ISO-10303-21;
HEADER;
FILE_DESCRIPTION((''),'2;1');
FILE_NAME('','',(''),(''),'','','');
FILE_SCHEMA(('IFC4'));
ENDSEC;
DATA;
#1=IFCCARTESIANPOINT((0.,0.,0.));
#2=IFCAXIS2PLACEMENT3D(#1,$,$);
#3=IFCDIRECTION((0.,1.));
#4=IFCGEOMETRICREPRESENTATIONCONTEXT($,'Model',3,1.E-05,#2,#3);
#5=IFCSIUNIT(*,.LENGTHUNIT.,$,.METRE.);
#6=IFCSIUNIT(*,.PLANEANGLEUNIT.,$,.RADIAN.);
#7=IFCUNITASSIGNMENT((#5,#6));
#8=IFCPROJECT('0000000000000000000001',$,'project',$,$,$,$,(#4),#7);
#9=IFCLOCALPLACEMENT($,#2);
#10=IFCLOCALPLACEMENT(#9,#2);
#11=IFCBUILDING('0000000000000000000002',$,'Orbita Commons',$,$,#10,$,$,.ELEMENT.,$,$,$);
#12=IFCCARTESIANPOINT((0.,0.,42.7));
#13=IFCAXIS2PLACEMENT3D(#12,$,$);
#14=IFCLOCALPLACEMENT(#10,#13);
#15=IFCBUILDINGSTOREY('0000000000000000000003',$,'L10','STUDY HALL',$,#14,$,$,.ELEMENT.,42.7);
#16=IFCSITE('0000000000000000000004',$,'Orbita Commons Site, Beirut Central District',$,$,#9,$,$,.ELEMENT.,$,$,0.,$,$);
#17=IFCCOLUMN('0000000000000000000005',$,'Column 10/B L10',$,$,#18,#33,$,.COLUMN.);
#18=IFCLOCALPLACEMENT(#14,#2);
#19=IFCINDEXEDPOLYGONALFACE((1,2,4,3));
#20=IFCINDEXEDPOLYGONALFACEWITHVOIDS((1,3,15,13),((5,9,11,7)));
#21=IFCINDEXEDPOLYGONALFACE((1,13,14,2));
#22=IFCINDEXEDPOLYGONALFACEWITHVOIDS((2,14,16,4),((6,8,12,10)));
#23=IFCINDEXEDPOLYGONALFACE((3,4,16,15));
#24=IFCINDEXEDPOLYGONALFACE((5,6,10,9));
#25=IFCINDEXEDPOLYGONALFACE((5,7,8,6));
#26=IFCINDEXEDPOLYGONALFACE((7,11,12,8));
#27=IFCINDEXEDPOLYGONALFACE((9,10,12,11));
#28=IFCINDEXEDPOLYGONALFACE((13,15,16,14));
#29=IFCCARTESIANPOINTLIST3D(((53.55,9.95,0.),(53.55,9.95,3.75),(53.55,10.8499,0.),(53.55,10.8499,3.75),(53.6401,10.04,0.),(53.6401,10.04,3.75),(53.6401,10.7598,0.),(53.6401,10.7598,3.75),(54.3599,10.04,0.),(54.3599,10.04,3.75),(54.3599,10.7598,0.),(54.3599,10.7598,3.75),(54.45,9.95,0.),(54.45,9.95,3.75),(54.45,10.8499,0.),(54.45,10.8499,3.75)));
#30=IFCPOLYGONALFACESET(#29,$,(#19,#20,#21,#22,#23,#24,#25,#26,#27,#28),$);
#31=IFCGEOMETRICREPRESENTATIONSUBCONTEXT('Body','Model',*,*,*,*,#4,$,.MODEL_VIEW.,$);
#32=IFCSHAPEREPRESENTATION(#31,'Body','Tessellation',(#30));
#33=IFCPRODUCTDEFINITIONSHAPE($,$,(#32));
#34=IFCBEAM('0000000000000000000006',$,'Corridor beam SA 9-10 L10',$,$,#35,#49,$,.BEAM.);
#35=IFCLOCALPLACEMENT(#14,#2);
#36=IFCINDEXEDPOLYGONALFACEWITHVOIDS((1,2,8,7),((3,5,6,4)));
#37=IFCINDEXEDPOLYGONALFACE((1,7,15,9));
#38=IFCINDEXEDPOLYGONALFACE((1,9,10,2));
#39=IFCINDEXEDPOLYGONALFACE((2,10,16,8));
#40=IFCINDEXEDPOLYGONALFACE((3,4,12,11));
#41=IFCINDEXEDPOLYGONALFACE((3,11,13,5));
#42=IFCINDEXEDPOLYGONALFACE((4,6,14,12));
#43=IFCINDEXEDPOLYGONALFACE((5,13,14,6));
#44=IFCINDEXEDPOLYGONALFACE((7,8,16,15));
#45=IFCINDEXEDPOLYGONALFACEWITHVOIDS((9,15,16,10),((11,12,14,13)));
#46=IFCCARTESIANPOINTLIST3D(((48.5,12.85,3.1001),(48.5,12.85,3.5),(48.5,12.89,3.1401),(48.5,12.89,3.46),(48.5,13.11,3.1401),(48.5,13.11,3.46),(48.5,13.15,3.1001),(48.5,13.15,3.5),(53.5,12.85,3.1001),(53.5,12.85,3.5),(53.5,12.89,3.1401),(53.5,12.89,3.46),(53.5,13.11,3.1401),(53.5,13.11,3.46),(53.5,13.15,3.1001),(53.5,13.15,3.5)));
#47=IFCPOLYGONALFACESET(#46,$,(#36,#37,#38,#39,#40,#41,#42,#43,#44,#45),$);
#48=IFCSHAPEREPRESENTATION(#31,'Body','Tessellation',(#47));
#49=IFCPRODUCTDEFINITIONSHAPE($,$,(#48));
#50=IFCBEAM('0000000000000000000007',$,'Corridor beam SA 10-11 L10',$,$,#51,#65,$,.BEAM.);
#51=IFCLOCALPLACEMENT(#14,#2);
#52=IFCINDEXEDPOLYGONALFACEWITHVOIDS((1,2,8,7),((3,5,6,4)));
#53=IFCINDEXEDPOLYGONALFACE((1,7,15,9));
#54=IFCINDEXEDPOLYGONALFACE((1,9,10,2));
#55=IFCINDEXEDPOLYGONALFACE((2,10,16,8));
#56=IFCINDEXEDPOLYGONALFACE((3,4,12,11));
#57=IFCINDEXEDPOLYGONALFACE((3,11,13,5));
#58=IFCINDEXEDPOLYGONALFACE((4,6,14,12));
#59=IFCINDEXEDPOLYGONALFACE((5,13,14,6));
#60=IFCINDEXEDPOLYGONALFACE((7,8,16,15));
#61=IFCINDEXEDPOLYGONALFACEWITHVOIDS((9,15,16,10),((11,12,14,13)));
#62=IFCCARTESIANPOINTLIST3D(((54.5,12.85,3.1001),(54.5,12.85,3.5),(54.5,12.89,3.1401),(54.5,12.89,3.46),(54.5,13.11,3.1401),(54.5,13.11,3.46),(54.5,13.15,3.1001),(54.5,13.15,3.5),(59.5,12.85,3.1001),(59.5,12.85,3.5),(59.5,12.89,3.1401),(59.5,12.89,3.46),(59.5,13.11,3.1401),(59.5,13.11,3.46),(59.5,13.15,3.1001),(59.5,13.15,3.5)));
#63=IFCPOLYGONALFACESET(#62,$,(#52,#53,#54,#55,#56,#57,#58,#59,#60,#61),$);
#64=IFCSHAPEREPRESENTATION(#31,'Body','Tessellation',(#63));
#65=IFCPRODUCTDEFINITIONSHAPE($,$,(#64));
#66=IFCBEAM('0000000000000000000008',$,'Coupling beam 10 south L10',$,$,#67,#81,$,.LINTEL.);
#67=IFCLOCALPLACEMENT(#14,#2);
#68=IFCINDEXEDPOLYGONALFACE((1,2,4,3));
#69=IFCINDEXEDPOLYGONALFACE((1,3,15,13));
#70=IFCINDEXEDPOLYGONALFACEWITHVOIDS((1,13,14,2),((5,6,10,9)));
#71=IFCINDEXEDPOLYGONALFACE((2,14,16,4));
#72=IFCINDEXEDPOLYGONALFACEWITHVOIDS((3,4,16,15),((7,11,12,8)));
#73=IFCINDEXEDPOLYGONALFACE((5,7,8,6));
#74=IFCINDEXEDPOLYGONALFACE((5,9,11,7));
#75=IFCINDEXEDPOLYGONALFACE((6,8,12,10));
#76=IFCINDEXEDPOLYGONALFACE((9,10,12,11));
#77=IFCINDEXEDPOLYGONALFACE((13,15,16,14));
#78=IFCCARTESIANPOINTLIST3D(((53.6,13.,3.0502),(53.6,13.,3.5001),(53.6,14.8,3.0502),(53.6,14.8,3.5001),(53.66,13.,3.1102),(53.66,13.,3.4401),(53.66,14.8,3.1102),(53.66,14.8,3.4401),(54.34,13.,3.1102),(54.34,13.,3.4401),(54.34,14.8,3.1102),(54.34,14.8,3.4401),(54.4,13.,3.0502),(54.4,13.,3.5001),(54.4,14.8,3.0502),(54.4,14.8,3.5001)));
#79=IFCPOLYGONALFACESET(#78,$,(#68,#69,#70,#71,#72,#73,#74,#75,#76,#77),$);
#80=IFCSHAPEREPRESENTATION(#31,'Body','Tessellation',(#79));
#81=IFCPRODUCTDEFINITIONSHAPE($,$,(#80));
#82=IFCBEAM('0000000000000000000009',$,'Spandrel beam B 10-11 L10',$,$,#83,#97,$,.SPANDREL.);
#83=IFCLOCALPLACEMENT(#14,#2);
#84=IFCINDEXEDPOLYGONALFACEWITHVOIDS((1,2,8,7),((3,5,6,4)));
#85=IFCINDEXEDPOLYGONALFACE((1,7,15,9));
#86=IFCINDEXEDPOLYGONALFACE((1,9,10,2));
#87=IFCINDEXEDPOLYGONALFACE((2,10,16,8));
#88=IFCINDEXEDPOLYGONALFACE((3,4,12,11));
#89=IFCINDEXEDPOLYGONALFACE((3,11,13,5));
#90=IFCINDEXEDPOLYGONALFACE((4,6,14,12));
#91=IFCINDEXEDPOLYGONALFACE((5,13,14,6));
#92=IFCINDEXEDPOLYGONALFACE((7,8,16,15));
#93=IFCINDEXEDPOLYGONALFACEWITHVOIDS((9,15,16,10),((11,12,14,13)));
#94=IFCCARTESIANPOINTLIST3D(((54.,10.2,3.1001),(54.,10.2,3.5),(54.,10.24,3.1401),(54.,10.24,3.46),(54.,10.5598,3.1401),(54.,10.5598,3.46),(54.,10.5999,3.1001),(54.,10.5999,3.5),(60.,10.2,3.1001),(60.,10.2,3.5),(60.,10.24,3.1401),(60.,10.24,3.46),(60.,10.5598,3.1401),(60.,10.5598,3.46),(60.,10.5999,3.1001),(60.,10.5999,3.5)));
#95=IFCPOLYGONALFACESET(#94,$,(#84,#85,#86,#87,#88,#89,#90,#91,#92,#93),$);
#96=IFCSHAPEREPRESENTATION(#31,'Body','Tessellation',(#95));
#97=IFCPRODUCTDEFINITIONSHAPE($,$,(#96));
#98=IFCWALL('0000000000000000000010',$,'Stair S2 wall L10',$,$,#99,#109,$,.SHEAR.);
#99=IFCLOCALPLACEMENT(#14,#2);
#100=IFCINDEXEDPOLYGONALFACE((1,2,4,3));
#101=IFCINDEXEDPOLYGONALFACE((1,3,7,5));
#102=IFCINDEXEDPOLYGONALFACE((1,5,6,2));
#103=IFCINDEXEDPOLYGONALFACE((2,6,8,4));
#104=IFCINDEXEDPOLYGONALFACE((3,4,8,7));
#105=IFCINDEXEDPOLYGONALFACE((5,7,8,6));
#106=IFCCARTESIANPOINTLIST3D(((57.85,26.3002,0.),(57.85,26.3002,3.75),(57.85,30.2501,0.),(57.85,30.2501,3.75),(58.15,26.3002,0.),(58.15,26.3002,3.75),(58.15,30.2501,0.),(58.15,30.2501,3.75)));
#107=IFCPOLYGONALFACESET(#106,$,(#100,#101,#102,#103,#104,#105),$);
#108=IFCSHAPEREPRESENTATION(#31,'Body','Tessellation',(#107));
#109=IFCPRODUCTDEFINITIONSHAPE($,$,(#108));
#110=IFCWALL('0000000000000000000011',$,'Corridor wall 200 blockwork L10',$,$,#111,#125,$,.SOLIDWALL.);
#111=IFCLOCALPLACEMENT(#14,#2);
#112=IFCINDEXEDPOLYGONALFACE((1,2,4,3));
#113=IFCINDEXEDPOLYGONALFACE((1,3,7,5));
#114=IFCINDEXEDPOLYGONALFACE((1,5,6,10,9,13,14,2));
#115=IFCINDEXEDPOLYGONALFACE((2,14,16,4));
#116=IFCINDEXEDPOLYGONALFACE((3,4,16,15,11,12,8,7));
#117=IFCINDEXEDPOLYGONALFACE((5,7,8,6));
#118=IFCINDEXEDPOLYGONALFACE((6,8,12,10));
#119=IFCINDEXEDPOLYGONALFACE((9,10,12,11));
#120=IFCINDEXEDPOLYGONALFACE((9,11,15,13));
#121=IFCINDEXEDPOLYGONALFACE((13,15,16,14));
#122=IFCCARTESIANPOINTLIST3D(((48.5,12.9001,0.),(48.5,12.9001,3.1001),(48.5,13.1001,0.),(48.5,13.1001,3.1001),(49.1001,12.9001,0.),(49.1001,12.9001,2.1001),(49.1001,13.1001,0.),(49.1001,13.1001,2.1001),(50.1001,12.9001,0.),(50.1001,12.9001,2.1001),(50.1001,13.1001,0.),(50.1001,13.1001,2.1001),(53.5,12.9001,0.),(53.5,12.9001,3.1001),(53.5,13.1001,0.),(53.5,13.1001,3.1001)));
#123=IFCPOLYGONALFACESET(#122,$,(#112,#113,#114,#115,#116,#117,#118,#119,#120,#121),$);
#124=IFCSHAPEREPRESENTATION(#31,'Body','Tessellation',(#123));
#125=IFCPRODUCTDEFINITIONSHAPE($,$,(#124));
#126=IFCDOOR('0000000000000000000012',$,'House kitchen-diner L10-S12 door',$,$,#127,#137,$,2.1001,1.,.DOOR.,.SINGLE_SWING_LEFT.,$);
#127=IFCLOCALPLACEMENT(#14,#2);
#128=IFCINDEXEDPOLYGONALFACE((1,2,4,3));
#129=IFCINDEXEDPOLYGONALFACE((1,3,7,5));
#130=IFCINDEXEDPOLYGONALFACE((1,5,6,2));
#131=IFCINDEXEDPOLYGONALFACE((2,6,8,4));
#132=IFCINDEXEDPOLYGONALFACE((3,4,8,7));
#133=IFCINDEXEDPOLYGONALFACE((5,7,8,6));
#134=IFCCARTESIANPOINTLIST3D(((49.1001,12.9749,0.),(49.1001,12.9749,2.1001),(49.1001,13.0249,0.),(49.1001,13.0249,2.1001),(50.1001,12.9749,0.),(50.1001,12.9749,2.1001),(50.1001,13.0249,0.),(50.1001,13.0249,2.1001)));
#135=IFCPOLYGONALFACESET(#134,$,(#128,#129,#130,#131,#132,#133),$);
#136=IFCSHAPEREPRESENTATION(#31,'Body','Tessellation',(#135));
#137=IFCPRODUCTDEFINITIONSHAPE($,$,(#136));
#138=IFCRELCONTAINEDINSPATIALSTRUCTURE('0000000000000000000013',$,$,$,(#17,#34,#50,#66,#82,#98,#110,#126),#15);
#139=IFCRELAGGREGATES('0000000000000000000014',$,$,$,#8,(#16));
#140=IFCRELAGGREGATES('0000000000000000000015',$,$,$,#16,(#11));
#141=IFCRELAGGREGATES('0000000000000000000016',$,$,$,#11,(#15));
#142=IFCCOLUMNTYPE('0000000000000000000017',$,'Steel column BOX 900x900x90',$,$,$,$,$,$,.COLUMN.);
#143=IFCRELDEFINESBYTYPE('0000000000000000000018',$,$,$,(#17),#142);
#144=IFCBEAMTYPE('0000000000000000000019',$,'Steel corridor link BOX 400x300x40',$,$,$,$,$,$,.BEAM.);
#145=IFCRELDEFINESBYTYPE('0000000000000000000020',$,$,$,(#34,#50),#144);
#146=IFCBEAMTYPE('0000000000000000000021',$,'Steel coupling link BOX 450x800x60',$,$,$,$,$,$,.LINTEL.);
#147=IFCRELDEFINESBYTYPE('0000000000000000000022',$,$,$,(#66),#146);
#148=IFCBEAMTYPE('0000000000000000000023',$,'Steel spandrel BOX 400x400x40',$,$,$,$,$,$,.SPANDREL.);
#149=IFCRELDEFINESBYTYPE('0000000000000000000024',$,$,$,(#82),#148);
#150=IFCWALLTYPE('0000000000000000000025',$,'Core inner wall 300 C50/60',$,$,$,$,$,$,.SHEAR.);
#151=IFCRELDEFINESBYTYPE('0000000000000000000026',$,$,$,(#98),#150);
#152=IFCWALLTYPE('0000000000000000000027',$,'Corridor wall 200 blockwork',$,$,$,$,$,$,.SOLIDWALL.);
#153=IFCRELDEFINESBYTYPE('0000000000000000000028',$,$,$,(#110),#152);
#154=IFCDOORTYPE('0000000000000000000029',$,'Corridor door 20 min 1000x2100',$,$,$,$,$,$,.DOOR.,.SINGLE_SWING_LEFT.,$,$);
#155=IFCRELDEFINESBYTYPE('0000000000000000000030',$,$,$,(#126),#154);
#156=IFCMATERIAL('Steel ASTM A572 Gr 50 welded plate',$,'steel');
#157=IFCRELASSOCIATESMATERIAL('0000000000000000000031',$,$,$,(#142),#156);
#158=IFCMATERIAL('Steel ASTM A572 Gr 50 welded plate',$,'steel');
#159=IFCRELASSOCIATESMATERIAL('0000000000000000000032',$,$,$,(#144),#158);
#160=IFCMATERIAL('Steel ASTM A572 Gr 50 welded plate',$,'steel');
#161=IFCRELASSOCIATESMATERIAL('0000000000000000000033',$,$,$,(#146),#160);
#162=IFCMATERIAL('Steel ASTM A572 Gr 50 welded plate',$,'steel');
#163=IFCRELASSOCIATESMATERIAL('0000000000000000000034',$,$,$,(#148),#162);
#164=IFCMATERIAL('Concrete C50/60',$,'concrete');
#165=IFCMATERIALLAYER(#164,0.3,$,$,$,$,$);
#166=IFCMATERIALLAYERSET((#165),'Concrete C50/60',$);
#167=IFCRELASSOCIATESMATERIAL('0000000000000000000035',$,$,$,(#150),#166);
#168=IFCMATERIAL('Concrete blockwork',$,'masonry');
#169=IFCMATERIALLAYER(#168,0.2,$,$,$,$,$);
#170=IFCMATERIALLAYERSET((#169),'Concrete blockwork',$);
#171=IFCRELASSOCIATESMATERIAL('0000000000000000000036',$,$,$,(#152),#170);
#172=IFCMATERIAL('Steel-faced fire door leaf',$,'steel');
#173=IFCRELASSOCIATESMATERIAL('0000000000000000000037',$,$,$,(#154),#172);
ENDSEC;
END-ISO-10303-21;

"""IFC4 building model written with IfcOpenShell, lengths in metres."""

from ifc_helpers import new_model, si_unit, direction, frame, frame_2d, origin, origin_2d, place, context, subcontext, project, spatial, polyline, rectangle, hollow_rectangle, outline, extrude, material, layer, layer_set, material_profile, profile_set, type_object, element, fill, save


model = new_model("IFC4")

# Units and contexts
model_context = context("Model", 3, precision=1e-05, world=origin(), true_north=direction((0.0, 1.0)))
body_context = subcontext(model_context, "Body", "Model", "MODEL_VIEW")
ifc_project = project(units=[si_unit("LENGTHUNIT", "METRE"), si_unit("PLANEANGLEUNIT", "RADIAN")], contexts=[model_context])

# Site, building, storey
site_placement = place(None, origin())
site = spatial("IfcSite", under=ifc_project, at=site_placement, Name="Orbita Commons Site, Beirut Central District", CompositionType="ELEMENT", RefElevation=0.0)
building_placement = place(site_placement, origin())
building = spatial("IfcBuilding", under=site, at=building_placement, Name="Orbita Commons", CompositionType="ELEMENT")
storey_placement = place(building_placement, frame((0.0, 0.0, 42.7)))
storey = spatial("IfcBuildingStorey", under=building, at=storey_placement, Name="L10", Description="STUDY HALL", CompositionType="ELEMENT", Elevation=42.7)

# Column
ifc_material_1 = material(Name="Steel ASTM A572 Gr 50 welded plate", Category="steel")
ifc_material_profile_1 = material_profile(ifc_material_1, hollow_rectangle(XDim=0.8999, YDim=0.8999, WallThickness=0.0901, at=origin_2d()), Name="BOX 900x900x90")
ifc_profile_set_1 = profile_set([ifc_material_profile_1], Name="Steel ASTM A572 Gr 50 welded plate")
column_type = type_object("IfcColumnType", Name="Steel column BOX 900x900x90", PredefinedType="COLUMN", material=ifc_profile_set_1)
column_placement = place(storey_placement, frame((54.0, 10.3999, 0.0), z_axis=(0.0, 0.0, 1.0), x_axis=(1.0, 0.0, 0.0)))
element("IfcColumn", 1, at=column_placement, inside=storey, type_object=column_type, Name="Column 10/B L10", PredefinedType="COLUMN", context=body_context, shape_type="SweptSolid", body=[
    extrude(hollow_rectangle(XDim=0.8999, YDim=0.8999, WallThickness=0.0901, at=origin_2d()), origin(), (0.0, 0.0, 1.0), 3.75),
])

# Beams
ifc_material_2 = material(Name="Steel ASTM A572 Gr 50 welded plate", Category="steel")
ifc_material_profile_2 = material_profile(ifc_material_2, hollow_rectangle(XDim=0.3, YDim=0.3999, WallThickness=0.04, at=origin_2d()), Name="BOX 400x300x40")
ifc_profile_set_2 = profile_set([ifc_material_profile_2], Name="Steel ASTM A572 Gr 50 welded plate")
beam_type_1 = type_object("IfcBeamType", Name="Steel corridor link BOX 400x300x40", PredefinedType="BEAM", material=ifc_profile_set_2)
for number, where, z_axis, x_axis, name in (
    (2, (48.5, 13.0, 3.3), (1.0, 0.0, 0.0), (0.0, 1.0, 0.0), "Corridor beam SA 9-10 L10"),
    (3, (54.5, 13.0, 3.3), (1.0, 0.0, 0.0), (0.0, 1.0, 0.0), "Corridor beam SA 10-11 L10"),
):
    element("IfcBeam", number, at=place(storey_placement, frame(where, z_axis=z_axis, x_axis=x_axis)), inside=storey, type_object=beam_type_1, Name=name, PredefinedType="BEAM", context=body_context, shape_type="SweptSolid", body=[
        extrude(hollow_rectangle(XDim=0.3, YDim=0.3999, WallThickness=0.04, at=origin_2d()), origin(), (0.0, 0.0, 1.0), 5.0),
    ])
ifc_material_3 = material(Name="Steel ASTM A572 Gr 50 welded plate", Category="steel")
ifc_material_profile_3 = material_profile(ifc_material_3, hollow_rectangle(XDim=0.8, YDim=0.45, WallThickness=0.0601, at=origin_2d()), Name="BOX 450x800x60")
ifc_profile_set_3 = profile_set([ifc_material_profile_3], Name="Steel ASTM A572 Gr 50 welded plate")
beam_type_2 = type_object("IfcBeamType", Name="Steel coupling link BOX 450x800x60", PredefinedType="LINTEL", material=ifc_profile_set_3)
beam_1_placement = place(storey_placement, frame((54.0, 13.0, 3.2751), z_axis=(0.0, 1.0, 0.0), x_axis=(-1.0, 0.0, 0.0)))
element("IfcBeam", 4, at=beam_1_placement, inside=storey, type_object=beam_type_2, Name="Coupling beam 10 south L10", PredefinedType="LINTEL", context=body_context, shape_type="SweptSolid", body=[
    extrude(hollow_rectangle(XDim=0.8, YDim=0.45, WallThickness=0.0601, at=origin_2d()), origin(), (0.0, 0.0, 1.0), 1.8),
])
ifc_material_4 = material(Name="Steel ASTM A572 Gr 50 welded plate", Category="steel")
ifc_material_profile_4 = material_profile(ifc_material_4, hollow_rectangle(XDim=0.3999, YDim=0.3999, WallThickness=0.04, at=origin_2d()), Name="BOX 400x400x40")
ifc_profile_set_4 = profile_set([ifc_material_profile_4], Name="Steel ASTM A572 Gr 50 welded plate")
beam_type_3 = type_object("IfcBeamType", Name="Steel spandrel BOX 400x400x40", PredefinedType="SPANDREL", material=ifc_profile_set_4)
beam_2_placement = place(storey_placement, frame((54.0, 10.3999, 3.3), z_axis=(1.0, 0.0, 0.0), x_axis=(0.0, 1.0, 0.0)))
element("IfcBeam", 5, at=beam_2_placement, inside=storey, type_object=beam_type_3, Name="Spandrel beam B 10-11 L10", PredefinedType="SPANDREL", context=body_context, shape_type="SweptSolid", body=[
    extrude(hollow_rectangle(XDim=0.3999, YDim=0.3999, WallThickness=0.04, at=origin_2d()), origin(), (0.0, 0.0, 1.0), 6.0),
])

# Wall
ifc_material_5 = material(Name="Concrete C50/60", Category="concrete")
ifc_layer_1 = layer(ifc_material_5, 0.3)
ifc_layer_set_1 = layer_set([ifc_layer_1], Name="Concrete C50/60")
wall_type_1 = type_object("IfcWallType", Name="Core inner wall 300 C50/60", PredefinedType="SHEAR", material=ifc_layer_set_1)
wall_1_placement = place(storey_placement, frame((58.0, 26.3, 0.0), z_axis=(0.0, 0.0, 1.0), x_axis=(0.0, 1.0, 0.0)))
element("IfcWall", 6, at=wall_1_placement, inside=storey, type_object=wall_type_1, Name="Stair S2 wall L10", PredefinedType="SHEAR", context=body_context, shape_type="SweptSolid", body=[
    extrude(rectangle(XDim=3.95, YDim=0.3, at=frame_2d((1.9751, 0.0))), origin(), (0.0, 0.0, 1.0), 3.75),
])

# Wall, opening, door
ifc_material_6 = material(Name="Concrete blockwork", Category="masonry")
ifc_layer_2 = layer(ifc_material_6, 0.2)
ifc_layer_set_2 = layer_set([ifc_layer_2], Name="Concrete blockwork")
wall_type_2 = type_object("IfcWallType", Name="Corridor wall 200 blockwork", PredefinedType="SOLIDWALL", material=ifc_layer_set_2)
wall_2_placement = place(storey_placement, frame((48.5, 13.0, 0.0), z_axis=(0.0, 0.0, 1.0), x_axis=(1.0, 0.0, 0.0)))
wall_2 = element("IfcWall", 7, at=wall_2_placement, inside=storey, type_object=wall_type_2, Name="Corridor wall 200 blockwork L10", PredefinedType="SOLIDWALL", context=body_context, shape_type="SweptSolid", body=[
    extrude(outline(polyline([(0.0, 0.0), (5.0, 0.0), (5.0, 3.1001), (0.0, 3.1001), (0.0, 0.0)])), frame((0.0, 0.1001, 0.0), z_axis=(0.0, -1.0, 0.0), x_axis=(1.0, 0.0, 0.0)), (0.0, 0.0, 1.0), 0.2),
])
opening_1_placement = place(wall_2_placement, frame((0.6001, 0.0, 0.0)))
opening_1 = element("IfcOpeningElement", 8, at=opening_1_placement, cuts=wall_2, PredefinedType="OPENING", context=body_context, shape_type="SweptSolid", body=[
    extrude(rectangle(XDim=1.0, YDim=2.1001, at=frame_2d((0.5, 1.05))), frame((0.0, 0.1099, 0.0), z_axis=(0.0, -1.0, 0.0), x_axis=(1.0, 0.0, 0.0)), (0.0, 0.0, 1.0), 0.22),
])
ifc_material_7 = material(Name="Steel-faced fire door leaf", Category="steel")
door_type_1 = type_object("IfcDoorType", Name="Corridor door 20 min 1000x2100", OperationType="SINGLE_SWING_LEFT", PredefinedType="DOOR", material=ifc_material_7)
door_1_placement = place(opening_1_placement, origin())
door_1 = element("IfcDoor", 9, at=door_1_placement, inside=storey, type_object=door_type_1, Name="House kitchen-diner L10-S12 door", OperationType="SINGLE_SWING_LEFT", OverallHeight=2.1001, OverallWidth=1.0, PredefinedType="DOOR", context=body_context, shape_type="SweptSolid", body=[
    extrude(rectangle(XDim=1.0, YDim=2.1001, at=frame_2d((0.5, 1.05))), frame((0.0, 0.0249, 0.0), z_axis=(0.0, -1.0, 0.0), x_axis=(1.0, 0.0, 0.0)), (0.0, 0.0, 1.0), 0.05),
])
fill(opening_1, door_1)

save(model, "model.ifc")
